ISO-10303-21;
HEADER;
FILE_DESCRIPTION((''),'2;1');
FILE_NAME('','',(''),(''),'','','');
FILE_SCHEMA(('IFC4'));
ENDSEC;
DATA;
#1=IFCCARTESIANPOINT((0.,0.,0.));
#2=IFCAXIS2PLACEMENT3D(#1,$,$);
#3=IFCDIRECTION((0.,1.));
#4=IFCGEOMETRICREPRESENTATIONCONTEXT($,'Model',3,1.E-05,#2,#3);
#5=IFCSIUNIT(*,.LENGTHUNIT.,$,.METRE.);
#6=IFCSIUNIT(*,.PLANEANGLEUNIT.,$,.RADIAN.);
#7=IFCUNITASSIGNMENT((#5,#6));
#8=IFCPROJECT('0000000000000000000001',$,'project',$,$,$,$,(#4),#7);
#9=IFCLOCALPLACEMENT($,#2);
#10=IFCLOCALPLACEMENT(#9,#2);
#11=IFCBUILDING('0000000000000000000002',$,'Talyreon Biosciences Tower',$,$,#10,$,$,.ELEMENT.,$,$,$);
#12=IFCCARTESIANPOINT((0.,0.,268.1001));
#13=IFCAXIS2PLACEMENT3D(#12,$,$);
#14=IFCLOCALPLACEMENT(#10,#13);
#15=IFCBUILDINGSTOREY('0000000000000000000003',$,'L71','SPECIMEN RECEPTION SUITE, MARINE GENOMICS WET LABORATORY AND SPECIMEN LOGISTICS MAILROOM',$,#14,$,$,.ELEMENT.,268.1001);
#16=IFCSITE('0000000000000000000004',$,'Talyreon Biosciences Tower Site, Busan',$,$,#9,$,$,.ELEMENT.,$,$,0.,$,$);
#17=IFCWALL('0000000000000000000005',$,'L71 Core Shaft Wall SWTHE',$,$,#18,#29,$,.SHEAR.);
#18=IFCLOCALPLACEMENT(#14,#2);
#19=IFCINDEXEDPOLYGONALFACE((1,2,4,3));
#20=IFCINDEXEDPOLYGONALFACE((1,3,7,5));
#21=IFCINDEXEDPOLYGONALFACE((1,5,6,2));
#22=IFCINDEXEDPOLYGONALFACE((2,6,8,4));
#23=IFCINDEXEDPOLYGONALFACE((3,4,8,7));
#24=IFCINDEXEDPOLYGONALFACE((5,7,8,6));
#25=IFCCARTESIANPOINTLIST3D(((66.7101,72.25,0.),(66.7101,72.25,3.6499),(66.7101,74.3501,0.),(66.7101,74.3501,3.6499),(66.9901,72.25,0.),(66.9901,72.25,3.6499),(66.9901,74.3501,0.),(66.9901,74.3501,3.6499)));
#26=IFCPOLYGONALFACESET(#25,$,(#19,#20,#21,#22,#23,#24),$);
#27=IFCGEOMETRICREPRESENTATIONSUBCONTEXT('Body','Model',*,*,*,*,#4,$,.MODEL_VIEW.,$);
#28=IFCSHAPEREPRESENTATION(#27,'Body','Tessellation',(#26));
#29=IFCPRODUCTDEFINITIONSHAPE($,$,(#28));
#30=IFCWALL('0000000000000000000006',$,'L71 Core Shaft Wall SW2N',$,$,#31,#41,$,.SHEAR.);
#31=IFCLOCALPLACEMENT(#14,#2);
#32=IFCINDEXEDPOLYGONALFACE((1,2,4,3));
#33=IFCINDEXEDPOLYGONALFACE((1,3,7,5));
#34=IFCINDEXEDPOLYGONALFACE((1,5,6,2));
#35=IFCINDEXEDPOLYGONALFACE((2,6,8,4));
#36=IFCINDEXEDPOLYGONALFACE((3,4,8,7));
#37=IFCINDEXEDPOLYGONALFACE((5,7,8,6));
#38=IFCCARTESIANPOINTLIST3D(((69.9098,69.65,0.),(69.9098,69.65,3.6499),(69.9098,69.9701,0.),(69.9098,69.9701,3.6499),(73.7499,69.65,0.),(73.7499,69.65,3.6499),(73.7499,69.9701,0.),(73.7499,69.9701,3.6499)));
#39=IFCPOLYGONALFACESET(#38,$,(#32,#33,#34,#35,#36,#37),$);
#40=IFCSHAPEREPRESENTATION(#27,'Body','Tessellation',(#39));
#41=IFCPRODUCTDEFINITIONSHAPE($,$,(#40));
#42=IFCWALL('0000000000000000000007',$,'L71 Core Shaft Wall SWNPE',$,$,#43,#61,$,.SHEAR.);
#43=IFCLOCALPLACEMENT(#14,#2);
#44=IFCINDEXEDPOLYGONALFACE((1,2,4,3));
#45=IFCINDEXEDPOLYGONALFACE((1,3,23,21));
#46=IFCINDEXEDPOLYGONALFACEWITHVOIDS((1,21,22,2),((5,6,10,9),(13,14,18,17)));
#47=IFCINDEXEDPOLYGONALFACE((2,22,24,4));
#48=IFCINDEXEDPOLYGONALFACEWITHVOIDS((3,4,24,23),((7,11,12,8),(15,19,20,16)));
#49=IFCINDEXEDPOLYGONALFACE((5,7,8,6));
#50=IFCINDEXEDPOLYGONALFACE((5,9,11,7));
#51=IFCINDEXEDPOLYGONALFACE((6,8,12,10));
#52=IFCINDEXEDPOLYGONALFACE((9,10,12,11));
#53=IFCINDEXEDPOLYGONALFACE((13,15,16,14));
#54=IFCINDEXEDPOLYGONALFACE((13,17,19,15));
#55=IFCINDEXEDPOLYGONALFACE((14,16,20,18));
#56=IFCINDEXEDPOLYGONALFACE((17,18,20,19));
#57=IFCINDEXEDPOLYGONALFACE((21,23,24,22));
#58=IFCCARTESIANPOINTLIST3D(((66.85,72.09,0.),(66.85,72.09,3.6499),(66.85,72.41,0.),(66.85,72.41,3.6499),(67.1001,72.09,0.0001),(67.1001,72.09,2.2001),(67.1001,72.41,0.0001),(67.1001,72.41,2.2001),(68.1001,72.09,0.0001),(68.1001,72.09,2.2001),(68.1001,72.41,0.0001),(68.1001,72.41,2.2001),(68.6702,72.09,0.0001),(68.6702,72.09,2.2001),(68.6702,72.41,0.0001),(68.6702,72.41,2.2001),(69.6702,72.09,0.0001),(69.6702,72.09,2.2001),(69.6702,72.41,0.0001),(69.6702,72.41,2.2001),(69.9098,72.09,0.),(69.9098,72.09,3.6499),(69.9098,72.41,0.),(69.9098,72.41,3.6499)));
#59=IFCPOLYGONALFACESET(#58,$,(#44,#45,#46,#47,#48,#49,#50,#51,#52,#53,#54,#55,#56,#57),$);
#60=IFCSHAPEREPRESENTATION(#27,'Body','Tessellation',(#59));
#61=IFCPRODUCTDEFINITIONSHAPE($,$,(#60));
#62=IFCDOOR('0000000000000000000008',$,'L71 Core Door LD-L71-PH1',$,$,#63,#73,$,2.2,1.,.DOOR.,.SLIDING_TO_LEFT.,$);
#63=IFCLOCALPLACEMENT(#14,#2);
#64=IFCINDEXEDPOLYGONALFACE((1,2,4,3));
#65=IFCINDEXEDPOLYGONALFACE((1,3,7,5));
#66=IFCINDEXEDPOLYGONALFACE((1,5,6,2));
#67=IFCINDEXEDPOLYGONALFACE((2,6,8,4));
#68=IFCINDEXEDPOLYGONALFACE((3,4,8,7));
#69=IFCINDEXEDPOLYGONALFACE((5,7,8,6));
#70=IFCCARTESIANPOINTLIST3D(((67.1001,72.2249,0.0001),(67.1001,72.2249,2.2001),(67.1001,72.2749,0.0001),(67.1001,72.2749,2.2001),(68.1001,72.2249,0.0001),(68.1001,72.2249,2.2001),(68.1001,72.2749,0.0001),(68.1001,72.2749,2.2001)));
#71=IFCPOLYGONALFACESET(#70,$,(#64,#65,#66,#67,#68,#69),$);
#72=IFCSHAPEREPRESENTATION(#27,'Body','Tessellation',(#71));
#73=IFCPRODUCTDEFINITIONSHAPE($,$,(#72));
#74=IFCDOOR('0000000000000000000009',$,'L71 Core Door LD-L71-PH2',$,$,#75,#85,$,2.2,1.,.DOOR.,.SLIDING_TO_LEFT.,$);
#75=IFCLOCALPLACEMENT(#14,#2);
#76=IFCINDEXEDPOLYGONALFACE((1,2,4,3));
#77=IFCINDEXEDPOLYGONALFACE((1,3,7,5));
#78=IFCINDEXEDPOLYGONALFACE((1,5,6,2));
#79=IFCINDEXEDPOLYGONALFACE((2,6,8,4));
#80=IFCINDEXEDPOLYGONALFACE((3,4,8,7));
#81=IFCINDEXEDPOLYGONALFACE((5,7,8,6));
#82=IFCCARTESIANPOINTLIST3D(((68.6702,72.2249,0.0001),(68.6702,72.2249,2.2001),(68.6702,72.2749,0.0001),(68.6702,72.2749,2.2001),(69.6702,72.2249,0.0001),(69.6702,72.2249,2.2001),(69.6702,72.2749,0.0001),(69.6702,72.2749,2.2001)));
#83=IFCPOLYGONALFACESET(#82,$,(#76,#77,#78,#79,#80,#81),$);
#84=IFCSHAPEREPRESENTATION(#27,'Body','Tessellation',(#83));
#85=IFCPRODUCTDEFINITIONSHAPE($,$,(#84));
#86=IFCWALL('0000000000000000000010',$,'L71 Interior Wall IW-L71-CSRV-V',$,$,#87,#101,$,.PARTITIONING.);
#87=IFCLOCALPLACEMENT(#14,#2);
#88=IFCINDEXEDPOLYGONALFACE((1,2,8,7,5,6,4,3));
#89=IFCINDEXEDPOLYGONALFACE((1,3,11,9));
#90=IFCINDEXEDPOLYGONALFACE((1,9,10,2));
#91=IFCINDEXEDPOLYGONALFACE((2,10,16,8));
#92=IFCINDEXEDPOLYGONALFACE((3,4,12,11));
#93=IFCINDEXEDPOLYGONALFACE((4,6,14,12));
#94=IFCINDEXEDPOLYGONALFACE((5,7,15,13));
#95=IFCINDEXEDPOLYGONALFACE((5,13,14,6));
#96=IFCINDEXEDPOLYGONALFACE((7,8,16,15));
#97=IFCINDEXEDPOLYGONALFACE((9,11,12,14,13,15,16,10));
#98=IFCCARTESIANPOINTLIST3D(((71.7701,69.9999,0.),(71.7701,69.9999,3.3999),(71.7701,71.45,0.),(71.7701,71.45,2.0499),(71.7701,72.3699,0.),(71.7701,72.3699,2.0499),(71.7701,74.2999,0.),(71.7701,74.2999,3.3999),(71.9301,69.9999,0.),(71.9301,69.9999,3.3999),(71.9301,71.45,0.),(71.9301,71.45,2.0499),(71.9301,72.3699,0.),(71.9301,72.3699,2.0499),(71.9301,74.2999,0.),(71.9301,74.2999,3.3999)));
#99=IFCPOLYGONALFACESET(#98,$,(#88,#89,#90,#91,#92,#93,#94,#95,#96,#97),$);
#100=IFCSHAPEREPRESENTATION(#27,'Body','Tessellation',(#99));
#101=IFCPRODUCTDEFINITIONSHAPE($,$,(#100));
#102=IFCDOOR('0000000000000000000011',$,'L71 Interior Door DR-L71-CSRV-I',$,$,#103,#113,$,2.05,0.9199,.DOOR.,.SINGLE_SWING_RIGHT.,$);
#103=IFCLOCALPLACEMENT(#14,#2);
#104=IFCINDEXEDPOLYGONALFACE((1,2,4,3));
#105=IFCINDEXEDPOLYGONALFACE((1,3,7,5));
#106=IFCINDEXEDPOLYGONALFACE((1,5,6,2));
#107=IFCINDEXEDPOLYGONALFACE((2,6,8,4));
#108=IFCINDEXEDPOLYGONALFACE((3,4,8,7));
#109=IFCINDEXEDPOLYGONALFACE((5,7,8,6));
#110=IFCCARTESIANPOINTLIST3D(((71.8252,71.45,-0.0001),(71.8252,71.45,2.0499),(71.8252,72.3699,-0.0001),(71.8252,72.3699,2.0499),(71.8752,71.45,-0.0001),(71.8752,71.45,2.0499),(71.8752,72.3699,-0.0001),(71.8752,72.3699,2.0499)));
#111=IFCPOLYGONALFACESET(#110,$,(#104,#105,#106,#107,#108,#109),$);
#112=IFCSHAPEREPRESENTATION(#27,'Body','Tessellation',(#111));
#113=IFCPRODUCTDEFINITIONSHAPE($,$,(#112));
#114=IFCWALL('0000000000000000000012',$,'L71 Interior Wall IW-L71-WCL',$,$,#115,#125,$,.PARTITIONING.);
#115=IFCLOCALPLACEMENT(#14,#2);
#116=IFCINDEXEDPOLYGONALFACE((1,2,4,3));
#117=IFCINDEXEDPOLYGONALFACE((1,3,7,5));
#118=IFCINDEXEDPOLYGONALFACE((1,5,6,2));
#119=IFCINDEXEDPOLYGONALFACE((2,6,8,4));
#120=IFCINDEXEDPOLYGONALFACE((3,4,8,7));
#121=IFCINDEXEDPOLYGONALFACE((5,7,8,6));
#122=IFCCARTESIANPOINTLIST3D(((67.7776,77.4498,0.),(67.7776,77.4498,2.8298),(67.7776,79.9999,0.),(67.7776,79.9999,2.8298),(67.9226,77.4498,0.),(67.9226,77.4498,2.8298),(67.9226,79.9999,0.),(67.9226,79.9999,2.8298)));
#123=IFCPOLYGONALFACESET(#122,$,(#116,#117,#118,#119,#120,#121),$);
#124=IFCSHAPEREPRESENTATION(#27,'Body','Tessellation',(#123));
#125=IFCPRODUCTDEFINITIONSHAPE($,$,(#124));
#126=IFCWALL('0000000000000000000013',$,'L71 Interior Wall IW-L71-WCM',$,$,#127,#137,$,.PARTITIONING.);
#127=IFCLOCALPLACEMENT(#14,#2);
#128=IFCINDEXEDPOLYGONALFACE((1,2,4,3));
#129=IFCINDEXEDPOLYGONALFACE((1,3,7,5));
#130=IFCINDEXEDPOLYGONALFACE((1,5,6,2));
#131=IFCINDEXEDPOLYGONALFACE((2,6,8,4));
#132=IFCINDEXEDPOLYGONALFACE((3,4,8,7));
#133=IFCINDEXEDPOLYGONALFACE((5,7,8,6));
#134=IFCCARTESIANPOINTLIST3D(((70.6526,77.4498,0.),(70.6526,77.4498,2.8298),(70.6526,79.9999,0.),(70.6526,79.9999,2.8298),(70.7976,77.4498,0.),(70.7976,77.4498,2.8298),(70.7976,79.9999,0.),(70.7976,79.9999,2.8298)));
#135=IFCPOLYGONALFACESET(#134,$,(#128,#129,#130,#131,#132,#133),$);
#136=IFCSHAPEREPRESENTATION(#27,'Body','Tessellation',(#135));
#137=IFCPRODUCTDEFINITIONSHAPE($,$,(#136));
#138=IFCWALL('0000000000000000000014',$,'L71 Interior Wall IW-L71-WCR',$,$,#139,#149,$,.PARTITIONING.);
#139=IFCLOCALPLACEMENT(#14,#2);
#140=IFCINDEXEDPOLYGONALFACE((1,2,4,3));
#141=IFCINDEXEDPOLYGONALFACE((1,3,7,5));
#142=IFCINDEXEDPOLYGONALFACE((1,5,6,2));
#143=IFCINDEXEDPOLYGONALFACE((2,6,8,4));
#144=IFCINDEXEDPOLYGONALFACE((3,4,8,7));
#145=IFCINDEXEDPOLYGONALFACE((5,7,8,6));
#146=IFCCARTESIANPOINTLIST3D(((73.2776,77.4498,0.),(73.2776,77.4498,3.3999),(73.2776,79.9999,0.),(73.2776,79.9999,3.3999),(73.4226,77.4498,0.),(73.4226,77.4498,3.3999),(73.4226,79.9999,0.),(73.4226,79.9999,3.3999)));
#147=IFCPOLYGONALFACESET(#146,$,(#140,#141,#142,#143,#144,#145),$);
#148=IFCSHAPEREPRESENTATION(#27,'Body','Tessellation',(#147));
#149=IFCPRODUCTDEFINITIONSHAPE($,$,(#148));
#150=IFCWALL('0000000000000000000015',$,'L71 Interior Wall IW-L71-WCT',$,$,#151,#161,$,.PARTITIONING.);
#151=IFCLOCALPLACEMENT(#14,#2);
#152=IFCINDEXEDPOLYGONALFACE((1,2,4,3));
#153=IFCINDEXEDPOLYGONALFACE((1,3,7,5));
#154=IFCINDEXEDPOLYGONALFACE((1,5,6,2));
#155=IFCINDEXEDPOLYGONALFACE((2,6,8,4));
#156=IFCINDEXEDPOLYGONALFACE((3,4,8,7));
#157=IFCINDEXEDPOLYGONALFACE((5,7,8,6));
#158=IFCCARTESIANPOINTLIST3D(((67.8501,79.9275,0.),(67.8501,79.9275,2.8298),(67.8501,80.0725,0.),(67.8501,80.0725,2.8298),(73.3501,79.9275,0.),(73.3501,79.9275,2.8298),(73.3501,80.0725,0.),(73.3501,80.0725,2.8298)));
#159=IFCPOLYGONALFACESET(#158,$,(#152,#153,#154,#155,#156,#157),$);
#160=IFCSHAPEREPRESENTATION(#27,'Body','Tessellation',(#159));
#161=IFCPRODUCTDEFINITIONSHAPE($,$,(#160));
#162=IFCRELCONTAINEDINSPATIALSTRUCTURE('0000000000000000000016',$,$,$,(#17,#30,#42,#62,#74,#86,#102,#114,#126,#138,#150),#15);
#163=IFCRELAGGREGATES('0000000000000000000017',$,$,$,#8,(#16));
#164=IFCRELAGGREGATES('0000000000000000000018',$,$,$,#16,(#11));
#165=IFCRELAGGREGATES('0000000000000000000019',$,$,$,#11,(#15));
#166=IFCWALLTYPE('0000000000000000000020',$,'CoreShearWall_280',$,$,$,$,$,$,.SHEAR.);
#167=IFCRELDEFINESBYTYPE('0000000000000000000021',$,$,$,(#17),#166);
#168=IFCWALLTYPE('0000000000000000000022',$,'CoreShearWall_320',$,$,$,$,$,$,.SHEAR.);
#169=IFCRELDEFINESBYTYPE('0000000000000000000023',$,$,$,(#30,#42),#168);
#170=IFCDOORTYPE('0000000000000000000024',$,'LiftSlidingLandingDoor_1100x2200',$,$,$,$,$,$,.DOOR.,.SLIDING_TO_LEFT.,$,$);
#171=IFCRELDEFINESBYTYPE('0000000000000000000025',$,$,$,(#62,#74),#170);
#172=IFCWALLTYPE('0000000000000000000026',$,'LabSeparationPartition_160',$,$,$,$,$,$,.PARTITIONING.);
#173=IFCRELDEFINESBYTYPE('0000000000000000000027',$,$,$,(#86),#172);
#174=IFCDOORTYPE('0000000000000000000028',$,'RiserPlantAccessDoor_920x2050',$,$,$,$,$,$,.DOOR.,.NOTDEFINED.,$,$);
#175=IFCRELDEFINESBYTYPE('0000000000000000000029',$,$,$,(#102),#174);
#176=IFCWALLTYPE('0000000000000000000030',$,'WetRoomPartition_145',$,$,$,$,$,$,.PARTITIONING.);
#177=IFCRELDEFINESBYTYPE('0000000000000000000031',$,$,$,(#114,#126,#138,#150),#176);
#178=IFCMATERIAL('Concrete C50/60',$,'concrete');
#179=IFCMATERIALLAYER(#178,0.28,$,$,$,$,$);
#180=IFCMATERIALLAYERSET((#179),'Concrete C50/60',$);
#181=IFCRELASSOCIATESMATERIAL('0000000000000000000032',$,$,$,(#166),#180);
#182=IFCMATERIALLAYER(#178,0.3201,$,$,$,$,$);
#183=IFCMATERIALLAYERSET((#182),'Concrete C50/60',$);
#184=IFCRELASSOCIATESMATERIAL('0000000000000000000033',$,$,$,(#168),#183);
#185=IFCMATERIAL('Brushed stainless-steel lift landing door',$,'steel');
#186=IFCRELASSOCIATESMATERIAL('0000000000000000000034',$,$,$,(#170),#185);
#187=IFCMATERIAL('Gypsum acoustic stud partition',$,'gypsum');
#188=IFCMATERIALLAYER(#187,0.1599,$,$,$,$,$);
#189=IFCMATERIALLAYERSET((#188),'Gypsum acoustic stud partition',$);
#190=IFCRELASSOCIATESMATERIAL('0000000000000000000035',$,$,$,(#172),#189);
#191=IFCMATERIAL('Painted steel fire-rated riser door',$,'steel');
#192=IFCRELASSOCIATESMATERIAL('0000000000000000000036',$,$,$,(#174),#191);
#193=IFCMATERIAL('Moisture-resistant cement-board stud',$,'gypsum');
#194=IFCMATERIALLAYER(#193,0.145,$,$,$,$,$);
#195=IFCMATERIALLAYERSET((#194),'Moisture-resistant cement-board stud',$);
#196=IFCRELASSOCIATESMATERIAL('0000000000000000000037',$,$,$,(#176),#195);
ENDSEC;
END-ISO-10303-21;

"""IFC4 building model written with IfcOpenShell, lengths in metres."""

from ifc_helpers import new_model, si_unit, direction, frame, frame_2d, origin, place, context, subcontext, project, spatial, rectangle, extrude, material, layer, layer_set, type_object, element, fill, save


model = new_model("IFC4")

# Units and contexts
model_context = context("Model", 3, precision=1e-05, world=origin(), true_north=direction((0.0, 1.0)))
body_context = subcontext(model_context, "Body", "Model", "MODEL_VIEW")
ifc_project = project(units=[si_unit("LENGTHUNIT", "METRE"), si_unit("PLANEANGLEUNIT", "RADIAN")], contexts=[model_context])

# Site, building, storey
site_placement = place(None, origin())
site = spatial("IfcSite", under=ifc_project, at=site_placement, Name="Talyreon Biosciences Tower Site, Busan", CompositionType="ELEMENT", RefElevation=0.0)
building_placement = place(site_placement, origin())
building = spatial("IfcBuilding", under=site, at=building_placement, Name="Talyreon Biosciences Tower", CompositionType="ELEMENT")
storey_placement = place(building_placement, frame((0.0, 0.0, 268.1001)))
storey = spatial("IfcBuildingStorey", under=building, at=storey_placement, Name="L71", Description="SPECIMEN RECEPTION SUITE, MARINE GENOMICS WET LABORATORY AND SPECIMEN LOGISTICS MAILROOM", CompositionType="ELEMENT", Elevation=268.1001)

# Shared definitions
ifc_material_1 = material(Name="Concrete C50/60", Category="concrete")

# Walls
ifc_layer_1 = layer(ifc_material_1, 0.28)
ifc_layer_set_1 = layer_set([ifc_layer_1], Name="Concrete C50/60")
wall_type_1 = type_object("IfcWallType", Name="CoreShearWall_280", PredefinedType="SHEAR", material=ifc_layer_set_1)
wall_1_placement = place(storey_placement, frame((66.8501, 72.25, 0.0), z_axis=(0.0, 0.0, 1.0), x_axis=(0.0, 1.0, 0.0)))
element("IfcWall", 1, at=wall_1_placement, inside=storey, type_object=wall_type_1, Name="L71 Core Shaft Wall SWTHE", PredefinedType="SHEAR", context=body_context, shape_type="SweptSolid", body=[
    extrude(rectangle(XDim=2.1001, YDim=0.28, at=frame_2d((1.05, 0.0))), origin(), (0.0, 0.0, 1.0), 3.6499),
])
ifc_layer_2 = layer(ifc_material_1, 0.3201)
ifc_layer_set_2 = layer_set([ifc_layer_2], Name="Concrete C50/60")
wall_type_2 = type_object("IfcWallType", Name="CoreShearWall_320", PredefinedType="SHEAR", material=ifc_layer_set_2)
wall_2_placement = place(storey_placement, frame((69.9099, 69.8101, 0.0), z_axis=(0.0, 0.0, 1.0), x_axis=(1.0, 0.0, 0.0)))
element("IfcWall", 2, at=wall_2_placement, inside=storey, type_object=wall_type_2, Name="L71 Core Shaft Wall SW2N", PredefinedType="SHEAR", context=body_context, shape_type="SweptSolid", body=[
    extrude(rectangle(XDim=3.8401, YDim=0.3201, at=frame_2d((1.9199, 0.0))), origin(), (0.0, 0.0, 1.0), 3.6499),
])

# Wall, openings, doors
wall_3_placement = place(storey_placement, frame((66.8501, 72.25, 0.0), z_axis=(0.0, 0.0, 1.0), x_axis=(1.0, 0.0, 0.0)))
wall_3 = element("IfcWall", 3, at=wall_3_placement, inside=storey, type_object=wall_type_2, Name="L71 Core Shaft Wall SWNPE", PredefinedType="SHEAR", context=body_context, shape_type="SweptSolid", body=[
    extrude(rectangle(XDim=3.0598, YDim=0.3201, at=frame_2d((1.5298, 0.0))), origin(), (0.0, 0.0, 1.0), 3.6499),
])
opening_1_placement = place(wall_3_placement, frame((0.25, 0.0, 0.0)))
opening_1 = element("IfcOpeningElement", 4, at=opening_1_placement, cuts=wall_3, PredefinedType="OPENING", context=body_context, shape_type="SweptSolid", body=[
    extrude(rectangle(XDim=1.0, YDim=2.2, at=frame_2d((0.5, 1.1001))), frame((0.0, 0.1699, 0.0), z_axis=(0.0, -1.0, 0.0), x_axis=(1.0, 0.0, 0.0)), (0.0, 0.0, 1.0), 0.3401),
])
opening_2_placement = place(wall_3_placement, frame((1.8201, 0.0, 0.0)))
opening_2 = element("IfcOpeningElement", 5, at=opening_2_placement, cuts=wall_3, PredefinedType="OPENING", context=body_context, shape_type="SweptSolid", body=[
    extrude(rectangle(XDim=1.0, YDim=2.2, at=frame_2d((0.5, 1.1001))), frame((0.0, 0.1699, 0.0), z_axis=(0.0, -1.0, 0.0), x_axis=(1.0, 0.0, 0.0)), (0.0, 0.0, 1.0), 0.3401),
])
ifc_material_2 = material(Name="Brushed stainless-steel lift landing door", Category="steel")
door_type_1 = type_object("IfcDoorType", Name="LiftSlidingLandingDoor_1100x2200", OperationType="SLIDING_TO_LEFT", PredefinedType="DOOR", material=ifc_material_2)
door_1_placement = place(opening_1_placement, origin())
door_1 = element("IfcDoor", 6, at=door_1_placement, inside=storey, type_object=door_type_1, Name="L71 Core Door LD-L71-PH1", OperationType="SLIDING_TO_LEFT", OverallHeight=2.2, OverallWidth=1.0, PredefinedType="DOOR", context=body_context, shape_type="SweptSolid", body=[
    extrude(rectangle(XDim=1.0, YDim=2.2, at=frame_2d((0.5, 1.1001))), frame((0.0, 0.0249, 0.0), z_axis=(0.0, -1.0, 0.0), x_axis=(1.0, 0.0, 0.0)), (0.0, 0.0, 1.0), 0.05),
])
fill(opening_1, door_1)
door_2_placement = place(opening_2_placement, origin())
door_2 = element("IfcDoor", 7, at=door_2_placement, inside=storey, type_object=door_type_1, Name="L71 Core Door LD-L71-PH2", OperationType="SLIDING_TO_LEFT", OverallHeight=2.2, OverallWidth=1.0, PredefinedType="DOOR", context=body_context, shape_type="SweptSolid", body=[
    extrude(rectangle(XDim=1.0, YDim=2.2, at=frame_2d((0.5, 1.1001))), frame((0.0, 0.0249, 0.0), z_axis=(0.0, -1.0, 0.0), x_axis=(1.0, 0.0, 0.0)), (0.0, 0.0, 1.0), 0.05),
])
fill(opening_2, door_2)

# Wall, opening, door
ifc_material_3 = material(Name="Gypsum acoustic stud partition", Category="gypsum")
ifc_layer_3 = layer(ifc_material_3, 0.1599)
ifc_layer_set_3 = layer_set([ifc_layer_3], Name="Gypsum acoustic stud partition")
wall_type_3 = type_object("IfcWallType", Name="LabSeparationPartition_160", PredefinedType="PARTITIONING", material=ifc_layer_set_3)
wall_4_placement = place(storey_placement, frame((71.8501, 70.0, 0.0), z_axis=(0.0, 0.0, 1.0), x_axis=(0.0, 1.0, 0.0)))
wall_4 = element("IfcWall", 8, at=wall_4_placement, inside=storey, type_object=wall_type_3, Name="L71 Interior Wall IW-L71-CSRV-V", PredefinedType="PARTITIONING", context=body_context, shape_type="SweptSolid", body=[
    extrude(rectangle(XDim=4.3, YDim=0.1599, at=frame_2d((2.1499, 0.0))), origin(), (0.0, 0.0, 1.0), 3.3999),
])
opening_3_placement = place(wall_4_placement, frame((1.45, 0.0, 0.0)))
opening_3 = element("IfcOpeningElement", 9, at=opening_3_placement, cuts=wall_4, PredefinedType="OPENING", context=body_context, shape_type="SweptSolid", body=[
    extrude(rectangle(XDim=0.9199, YDim=2.05, at=frame_2d((0.46, 1.0249))), frame((0.0, 0.0898, 0.0), z_axis=(0.0, -1.0, 0.0), x_axis=(1.0, 0.0, 0.0)), (0.0, 0.0, 1.0), 0.1799),
])
ifc_material_4 = material(Name="Painted steel fire-rated riser door", Category="steel")
door_type_2 = type_object("IfcDoorType", Name="RiserPlantAccessDoor_920x2050", OperationType="NOTDEFINED", PredefinedType="DOOR", material=ifc_material_4)
door_3_placement = place(opening_3_placement, origin())
door_3 = element("IfcDoor", 10, at=door_3_placement, inside=storey, type_object=door_type_2, Name="L71 Interior Door DR-L71-CSRV-I", OperationType="SINGLE_SWING_RIGHT", OverallHeight=2.05, OverallWidth=0.9199, PredefinedType="DOOR", context=body_context, shape_type="SweptSolid", body=[
    extrude(rectangle(XDim=0.9199, YDim=2.05, at=frame_2d((0.46, 1.0249))), frame((0.0, 0.0249, 0.0), z_axis=(0.0, -1.0, 0.0), x_axis=(1.0, 0.0, 0.0)), (0.0, 0.0, 1.0), 0.05),
])
fill(opening_3, door_3)

# Walls
ifc_material_5 = material(Name="Moisture-resistant cement-board stud", Category="gypsum")
ifc_layer_4 = layer(ifc_material_5, 0.145)
ifc_layer_set_4 = layer_set([ifc_layer_4], Name="Moisture-resistant cement-board stud")
wall_type_4 = type_object("IfcWallType", Name="WetRoomPartition_145", PredefinedType="PARTITIONING", material=ifc_layer_set_4)
for number, where, z_axis, x_axis, name in (
    (11, (67.8501, 77.45, 0.0), (0.0, 0.0, 1.0), (0.0, 1.0, 0.0), "L71 Interior Wall IW-L71-WCL"),
    (12, (70.7251, 77.45, 0.0), (0.0, 0.0, 1.0), (0.0, 1.0, 0.0), "L71 Interior Wall IW-L71-WCM"),
):
    element("IfcWall", number, at=place(storey_placement, frame(where, z_axis=z_axis, x_axis=x_axis)), inside=storey, type_object=wall_type_4, Name=name, PredefinedType="PARTITIONING", context=body_context, shape_type="SweptSolid", body=[
        extrude(rectangle(XDim=2.55, YDim=0.145, at=frame_2d((1.2749, 0.0))), origin(), (0.0, 0.0, 1.0), 2.8298),
    ])
wall_5_placement = place(storey_placement, frame((73.3501, 77.45, 0.0), z_axis=(0.0, 0.0, 1.0), x_axis=(0.0, 1.0, 0.0)))
element("IfcWall", 13, at=wall_5_placement, inside=storey, type_object=wall_type_4, Name="L71 Interior Wall IW-L71-WCR", PredefinedType="PARTITIONING", context=body_context, shape_type="SweptSolid", body=[
    extrude(rectangle(XDim=2.55, YDim=0.145, at=frame_2d((1.2749, 0.0))), origin(), (0.0, 0.0, 1.0), 3.3999),
])
wall_6_placement = place(storey_placement, frame((67.8501, 80.0, 0.0), z_axis=(0.0, 0.0, 1.0), x_axis=(1.0, 0.0, 0.0)))
element("IfcWall", 14, at=wall_6_placement, inside=storey, type_object=wall_type_4, Name="L71 Interior Wall IW-L71-WCT", PredefinedType="PARTITIONING", context=body_context, shape_type="SweptSolid", body=[
    extrude(rectangle(XDim=5.5, YDim=0.145, at=frame_2d((2.75, 0.0))), origin(), (0.0, 0.0, 1.0), 2.8298),
])

save(model, "model.ifc")
